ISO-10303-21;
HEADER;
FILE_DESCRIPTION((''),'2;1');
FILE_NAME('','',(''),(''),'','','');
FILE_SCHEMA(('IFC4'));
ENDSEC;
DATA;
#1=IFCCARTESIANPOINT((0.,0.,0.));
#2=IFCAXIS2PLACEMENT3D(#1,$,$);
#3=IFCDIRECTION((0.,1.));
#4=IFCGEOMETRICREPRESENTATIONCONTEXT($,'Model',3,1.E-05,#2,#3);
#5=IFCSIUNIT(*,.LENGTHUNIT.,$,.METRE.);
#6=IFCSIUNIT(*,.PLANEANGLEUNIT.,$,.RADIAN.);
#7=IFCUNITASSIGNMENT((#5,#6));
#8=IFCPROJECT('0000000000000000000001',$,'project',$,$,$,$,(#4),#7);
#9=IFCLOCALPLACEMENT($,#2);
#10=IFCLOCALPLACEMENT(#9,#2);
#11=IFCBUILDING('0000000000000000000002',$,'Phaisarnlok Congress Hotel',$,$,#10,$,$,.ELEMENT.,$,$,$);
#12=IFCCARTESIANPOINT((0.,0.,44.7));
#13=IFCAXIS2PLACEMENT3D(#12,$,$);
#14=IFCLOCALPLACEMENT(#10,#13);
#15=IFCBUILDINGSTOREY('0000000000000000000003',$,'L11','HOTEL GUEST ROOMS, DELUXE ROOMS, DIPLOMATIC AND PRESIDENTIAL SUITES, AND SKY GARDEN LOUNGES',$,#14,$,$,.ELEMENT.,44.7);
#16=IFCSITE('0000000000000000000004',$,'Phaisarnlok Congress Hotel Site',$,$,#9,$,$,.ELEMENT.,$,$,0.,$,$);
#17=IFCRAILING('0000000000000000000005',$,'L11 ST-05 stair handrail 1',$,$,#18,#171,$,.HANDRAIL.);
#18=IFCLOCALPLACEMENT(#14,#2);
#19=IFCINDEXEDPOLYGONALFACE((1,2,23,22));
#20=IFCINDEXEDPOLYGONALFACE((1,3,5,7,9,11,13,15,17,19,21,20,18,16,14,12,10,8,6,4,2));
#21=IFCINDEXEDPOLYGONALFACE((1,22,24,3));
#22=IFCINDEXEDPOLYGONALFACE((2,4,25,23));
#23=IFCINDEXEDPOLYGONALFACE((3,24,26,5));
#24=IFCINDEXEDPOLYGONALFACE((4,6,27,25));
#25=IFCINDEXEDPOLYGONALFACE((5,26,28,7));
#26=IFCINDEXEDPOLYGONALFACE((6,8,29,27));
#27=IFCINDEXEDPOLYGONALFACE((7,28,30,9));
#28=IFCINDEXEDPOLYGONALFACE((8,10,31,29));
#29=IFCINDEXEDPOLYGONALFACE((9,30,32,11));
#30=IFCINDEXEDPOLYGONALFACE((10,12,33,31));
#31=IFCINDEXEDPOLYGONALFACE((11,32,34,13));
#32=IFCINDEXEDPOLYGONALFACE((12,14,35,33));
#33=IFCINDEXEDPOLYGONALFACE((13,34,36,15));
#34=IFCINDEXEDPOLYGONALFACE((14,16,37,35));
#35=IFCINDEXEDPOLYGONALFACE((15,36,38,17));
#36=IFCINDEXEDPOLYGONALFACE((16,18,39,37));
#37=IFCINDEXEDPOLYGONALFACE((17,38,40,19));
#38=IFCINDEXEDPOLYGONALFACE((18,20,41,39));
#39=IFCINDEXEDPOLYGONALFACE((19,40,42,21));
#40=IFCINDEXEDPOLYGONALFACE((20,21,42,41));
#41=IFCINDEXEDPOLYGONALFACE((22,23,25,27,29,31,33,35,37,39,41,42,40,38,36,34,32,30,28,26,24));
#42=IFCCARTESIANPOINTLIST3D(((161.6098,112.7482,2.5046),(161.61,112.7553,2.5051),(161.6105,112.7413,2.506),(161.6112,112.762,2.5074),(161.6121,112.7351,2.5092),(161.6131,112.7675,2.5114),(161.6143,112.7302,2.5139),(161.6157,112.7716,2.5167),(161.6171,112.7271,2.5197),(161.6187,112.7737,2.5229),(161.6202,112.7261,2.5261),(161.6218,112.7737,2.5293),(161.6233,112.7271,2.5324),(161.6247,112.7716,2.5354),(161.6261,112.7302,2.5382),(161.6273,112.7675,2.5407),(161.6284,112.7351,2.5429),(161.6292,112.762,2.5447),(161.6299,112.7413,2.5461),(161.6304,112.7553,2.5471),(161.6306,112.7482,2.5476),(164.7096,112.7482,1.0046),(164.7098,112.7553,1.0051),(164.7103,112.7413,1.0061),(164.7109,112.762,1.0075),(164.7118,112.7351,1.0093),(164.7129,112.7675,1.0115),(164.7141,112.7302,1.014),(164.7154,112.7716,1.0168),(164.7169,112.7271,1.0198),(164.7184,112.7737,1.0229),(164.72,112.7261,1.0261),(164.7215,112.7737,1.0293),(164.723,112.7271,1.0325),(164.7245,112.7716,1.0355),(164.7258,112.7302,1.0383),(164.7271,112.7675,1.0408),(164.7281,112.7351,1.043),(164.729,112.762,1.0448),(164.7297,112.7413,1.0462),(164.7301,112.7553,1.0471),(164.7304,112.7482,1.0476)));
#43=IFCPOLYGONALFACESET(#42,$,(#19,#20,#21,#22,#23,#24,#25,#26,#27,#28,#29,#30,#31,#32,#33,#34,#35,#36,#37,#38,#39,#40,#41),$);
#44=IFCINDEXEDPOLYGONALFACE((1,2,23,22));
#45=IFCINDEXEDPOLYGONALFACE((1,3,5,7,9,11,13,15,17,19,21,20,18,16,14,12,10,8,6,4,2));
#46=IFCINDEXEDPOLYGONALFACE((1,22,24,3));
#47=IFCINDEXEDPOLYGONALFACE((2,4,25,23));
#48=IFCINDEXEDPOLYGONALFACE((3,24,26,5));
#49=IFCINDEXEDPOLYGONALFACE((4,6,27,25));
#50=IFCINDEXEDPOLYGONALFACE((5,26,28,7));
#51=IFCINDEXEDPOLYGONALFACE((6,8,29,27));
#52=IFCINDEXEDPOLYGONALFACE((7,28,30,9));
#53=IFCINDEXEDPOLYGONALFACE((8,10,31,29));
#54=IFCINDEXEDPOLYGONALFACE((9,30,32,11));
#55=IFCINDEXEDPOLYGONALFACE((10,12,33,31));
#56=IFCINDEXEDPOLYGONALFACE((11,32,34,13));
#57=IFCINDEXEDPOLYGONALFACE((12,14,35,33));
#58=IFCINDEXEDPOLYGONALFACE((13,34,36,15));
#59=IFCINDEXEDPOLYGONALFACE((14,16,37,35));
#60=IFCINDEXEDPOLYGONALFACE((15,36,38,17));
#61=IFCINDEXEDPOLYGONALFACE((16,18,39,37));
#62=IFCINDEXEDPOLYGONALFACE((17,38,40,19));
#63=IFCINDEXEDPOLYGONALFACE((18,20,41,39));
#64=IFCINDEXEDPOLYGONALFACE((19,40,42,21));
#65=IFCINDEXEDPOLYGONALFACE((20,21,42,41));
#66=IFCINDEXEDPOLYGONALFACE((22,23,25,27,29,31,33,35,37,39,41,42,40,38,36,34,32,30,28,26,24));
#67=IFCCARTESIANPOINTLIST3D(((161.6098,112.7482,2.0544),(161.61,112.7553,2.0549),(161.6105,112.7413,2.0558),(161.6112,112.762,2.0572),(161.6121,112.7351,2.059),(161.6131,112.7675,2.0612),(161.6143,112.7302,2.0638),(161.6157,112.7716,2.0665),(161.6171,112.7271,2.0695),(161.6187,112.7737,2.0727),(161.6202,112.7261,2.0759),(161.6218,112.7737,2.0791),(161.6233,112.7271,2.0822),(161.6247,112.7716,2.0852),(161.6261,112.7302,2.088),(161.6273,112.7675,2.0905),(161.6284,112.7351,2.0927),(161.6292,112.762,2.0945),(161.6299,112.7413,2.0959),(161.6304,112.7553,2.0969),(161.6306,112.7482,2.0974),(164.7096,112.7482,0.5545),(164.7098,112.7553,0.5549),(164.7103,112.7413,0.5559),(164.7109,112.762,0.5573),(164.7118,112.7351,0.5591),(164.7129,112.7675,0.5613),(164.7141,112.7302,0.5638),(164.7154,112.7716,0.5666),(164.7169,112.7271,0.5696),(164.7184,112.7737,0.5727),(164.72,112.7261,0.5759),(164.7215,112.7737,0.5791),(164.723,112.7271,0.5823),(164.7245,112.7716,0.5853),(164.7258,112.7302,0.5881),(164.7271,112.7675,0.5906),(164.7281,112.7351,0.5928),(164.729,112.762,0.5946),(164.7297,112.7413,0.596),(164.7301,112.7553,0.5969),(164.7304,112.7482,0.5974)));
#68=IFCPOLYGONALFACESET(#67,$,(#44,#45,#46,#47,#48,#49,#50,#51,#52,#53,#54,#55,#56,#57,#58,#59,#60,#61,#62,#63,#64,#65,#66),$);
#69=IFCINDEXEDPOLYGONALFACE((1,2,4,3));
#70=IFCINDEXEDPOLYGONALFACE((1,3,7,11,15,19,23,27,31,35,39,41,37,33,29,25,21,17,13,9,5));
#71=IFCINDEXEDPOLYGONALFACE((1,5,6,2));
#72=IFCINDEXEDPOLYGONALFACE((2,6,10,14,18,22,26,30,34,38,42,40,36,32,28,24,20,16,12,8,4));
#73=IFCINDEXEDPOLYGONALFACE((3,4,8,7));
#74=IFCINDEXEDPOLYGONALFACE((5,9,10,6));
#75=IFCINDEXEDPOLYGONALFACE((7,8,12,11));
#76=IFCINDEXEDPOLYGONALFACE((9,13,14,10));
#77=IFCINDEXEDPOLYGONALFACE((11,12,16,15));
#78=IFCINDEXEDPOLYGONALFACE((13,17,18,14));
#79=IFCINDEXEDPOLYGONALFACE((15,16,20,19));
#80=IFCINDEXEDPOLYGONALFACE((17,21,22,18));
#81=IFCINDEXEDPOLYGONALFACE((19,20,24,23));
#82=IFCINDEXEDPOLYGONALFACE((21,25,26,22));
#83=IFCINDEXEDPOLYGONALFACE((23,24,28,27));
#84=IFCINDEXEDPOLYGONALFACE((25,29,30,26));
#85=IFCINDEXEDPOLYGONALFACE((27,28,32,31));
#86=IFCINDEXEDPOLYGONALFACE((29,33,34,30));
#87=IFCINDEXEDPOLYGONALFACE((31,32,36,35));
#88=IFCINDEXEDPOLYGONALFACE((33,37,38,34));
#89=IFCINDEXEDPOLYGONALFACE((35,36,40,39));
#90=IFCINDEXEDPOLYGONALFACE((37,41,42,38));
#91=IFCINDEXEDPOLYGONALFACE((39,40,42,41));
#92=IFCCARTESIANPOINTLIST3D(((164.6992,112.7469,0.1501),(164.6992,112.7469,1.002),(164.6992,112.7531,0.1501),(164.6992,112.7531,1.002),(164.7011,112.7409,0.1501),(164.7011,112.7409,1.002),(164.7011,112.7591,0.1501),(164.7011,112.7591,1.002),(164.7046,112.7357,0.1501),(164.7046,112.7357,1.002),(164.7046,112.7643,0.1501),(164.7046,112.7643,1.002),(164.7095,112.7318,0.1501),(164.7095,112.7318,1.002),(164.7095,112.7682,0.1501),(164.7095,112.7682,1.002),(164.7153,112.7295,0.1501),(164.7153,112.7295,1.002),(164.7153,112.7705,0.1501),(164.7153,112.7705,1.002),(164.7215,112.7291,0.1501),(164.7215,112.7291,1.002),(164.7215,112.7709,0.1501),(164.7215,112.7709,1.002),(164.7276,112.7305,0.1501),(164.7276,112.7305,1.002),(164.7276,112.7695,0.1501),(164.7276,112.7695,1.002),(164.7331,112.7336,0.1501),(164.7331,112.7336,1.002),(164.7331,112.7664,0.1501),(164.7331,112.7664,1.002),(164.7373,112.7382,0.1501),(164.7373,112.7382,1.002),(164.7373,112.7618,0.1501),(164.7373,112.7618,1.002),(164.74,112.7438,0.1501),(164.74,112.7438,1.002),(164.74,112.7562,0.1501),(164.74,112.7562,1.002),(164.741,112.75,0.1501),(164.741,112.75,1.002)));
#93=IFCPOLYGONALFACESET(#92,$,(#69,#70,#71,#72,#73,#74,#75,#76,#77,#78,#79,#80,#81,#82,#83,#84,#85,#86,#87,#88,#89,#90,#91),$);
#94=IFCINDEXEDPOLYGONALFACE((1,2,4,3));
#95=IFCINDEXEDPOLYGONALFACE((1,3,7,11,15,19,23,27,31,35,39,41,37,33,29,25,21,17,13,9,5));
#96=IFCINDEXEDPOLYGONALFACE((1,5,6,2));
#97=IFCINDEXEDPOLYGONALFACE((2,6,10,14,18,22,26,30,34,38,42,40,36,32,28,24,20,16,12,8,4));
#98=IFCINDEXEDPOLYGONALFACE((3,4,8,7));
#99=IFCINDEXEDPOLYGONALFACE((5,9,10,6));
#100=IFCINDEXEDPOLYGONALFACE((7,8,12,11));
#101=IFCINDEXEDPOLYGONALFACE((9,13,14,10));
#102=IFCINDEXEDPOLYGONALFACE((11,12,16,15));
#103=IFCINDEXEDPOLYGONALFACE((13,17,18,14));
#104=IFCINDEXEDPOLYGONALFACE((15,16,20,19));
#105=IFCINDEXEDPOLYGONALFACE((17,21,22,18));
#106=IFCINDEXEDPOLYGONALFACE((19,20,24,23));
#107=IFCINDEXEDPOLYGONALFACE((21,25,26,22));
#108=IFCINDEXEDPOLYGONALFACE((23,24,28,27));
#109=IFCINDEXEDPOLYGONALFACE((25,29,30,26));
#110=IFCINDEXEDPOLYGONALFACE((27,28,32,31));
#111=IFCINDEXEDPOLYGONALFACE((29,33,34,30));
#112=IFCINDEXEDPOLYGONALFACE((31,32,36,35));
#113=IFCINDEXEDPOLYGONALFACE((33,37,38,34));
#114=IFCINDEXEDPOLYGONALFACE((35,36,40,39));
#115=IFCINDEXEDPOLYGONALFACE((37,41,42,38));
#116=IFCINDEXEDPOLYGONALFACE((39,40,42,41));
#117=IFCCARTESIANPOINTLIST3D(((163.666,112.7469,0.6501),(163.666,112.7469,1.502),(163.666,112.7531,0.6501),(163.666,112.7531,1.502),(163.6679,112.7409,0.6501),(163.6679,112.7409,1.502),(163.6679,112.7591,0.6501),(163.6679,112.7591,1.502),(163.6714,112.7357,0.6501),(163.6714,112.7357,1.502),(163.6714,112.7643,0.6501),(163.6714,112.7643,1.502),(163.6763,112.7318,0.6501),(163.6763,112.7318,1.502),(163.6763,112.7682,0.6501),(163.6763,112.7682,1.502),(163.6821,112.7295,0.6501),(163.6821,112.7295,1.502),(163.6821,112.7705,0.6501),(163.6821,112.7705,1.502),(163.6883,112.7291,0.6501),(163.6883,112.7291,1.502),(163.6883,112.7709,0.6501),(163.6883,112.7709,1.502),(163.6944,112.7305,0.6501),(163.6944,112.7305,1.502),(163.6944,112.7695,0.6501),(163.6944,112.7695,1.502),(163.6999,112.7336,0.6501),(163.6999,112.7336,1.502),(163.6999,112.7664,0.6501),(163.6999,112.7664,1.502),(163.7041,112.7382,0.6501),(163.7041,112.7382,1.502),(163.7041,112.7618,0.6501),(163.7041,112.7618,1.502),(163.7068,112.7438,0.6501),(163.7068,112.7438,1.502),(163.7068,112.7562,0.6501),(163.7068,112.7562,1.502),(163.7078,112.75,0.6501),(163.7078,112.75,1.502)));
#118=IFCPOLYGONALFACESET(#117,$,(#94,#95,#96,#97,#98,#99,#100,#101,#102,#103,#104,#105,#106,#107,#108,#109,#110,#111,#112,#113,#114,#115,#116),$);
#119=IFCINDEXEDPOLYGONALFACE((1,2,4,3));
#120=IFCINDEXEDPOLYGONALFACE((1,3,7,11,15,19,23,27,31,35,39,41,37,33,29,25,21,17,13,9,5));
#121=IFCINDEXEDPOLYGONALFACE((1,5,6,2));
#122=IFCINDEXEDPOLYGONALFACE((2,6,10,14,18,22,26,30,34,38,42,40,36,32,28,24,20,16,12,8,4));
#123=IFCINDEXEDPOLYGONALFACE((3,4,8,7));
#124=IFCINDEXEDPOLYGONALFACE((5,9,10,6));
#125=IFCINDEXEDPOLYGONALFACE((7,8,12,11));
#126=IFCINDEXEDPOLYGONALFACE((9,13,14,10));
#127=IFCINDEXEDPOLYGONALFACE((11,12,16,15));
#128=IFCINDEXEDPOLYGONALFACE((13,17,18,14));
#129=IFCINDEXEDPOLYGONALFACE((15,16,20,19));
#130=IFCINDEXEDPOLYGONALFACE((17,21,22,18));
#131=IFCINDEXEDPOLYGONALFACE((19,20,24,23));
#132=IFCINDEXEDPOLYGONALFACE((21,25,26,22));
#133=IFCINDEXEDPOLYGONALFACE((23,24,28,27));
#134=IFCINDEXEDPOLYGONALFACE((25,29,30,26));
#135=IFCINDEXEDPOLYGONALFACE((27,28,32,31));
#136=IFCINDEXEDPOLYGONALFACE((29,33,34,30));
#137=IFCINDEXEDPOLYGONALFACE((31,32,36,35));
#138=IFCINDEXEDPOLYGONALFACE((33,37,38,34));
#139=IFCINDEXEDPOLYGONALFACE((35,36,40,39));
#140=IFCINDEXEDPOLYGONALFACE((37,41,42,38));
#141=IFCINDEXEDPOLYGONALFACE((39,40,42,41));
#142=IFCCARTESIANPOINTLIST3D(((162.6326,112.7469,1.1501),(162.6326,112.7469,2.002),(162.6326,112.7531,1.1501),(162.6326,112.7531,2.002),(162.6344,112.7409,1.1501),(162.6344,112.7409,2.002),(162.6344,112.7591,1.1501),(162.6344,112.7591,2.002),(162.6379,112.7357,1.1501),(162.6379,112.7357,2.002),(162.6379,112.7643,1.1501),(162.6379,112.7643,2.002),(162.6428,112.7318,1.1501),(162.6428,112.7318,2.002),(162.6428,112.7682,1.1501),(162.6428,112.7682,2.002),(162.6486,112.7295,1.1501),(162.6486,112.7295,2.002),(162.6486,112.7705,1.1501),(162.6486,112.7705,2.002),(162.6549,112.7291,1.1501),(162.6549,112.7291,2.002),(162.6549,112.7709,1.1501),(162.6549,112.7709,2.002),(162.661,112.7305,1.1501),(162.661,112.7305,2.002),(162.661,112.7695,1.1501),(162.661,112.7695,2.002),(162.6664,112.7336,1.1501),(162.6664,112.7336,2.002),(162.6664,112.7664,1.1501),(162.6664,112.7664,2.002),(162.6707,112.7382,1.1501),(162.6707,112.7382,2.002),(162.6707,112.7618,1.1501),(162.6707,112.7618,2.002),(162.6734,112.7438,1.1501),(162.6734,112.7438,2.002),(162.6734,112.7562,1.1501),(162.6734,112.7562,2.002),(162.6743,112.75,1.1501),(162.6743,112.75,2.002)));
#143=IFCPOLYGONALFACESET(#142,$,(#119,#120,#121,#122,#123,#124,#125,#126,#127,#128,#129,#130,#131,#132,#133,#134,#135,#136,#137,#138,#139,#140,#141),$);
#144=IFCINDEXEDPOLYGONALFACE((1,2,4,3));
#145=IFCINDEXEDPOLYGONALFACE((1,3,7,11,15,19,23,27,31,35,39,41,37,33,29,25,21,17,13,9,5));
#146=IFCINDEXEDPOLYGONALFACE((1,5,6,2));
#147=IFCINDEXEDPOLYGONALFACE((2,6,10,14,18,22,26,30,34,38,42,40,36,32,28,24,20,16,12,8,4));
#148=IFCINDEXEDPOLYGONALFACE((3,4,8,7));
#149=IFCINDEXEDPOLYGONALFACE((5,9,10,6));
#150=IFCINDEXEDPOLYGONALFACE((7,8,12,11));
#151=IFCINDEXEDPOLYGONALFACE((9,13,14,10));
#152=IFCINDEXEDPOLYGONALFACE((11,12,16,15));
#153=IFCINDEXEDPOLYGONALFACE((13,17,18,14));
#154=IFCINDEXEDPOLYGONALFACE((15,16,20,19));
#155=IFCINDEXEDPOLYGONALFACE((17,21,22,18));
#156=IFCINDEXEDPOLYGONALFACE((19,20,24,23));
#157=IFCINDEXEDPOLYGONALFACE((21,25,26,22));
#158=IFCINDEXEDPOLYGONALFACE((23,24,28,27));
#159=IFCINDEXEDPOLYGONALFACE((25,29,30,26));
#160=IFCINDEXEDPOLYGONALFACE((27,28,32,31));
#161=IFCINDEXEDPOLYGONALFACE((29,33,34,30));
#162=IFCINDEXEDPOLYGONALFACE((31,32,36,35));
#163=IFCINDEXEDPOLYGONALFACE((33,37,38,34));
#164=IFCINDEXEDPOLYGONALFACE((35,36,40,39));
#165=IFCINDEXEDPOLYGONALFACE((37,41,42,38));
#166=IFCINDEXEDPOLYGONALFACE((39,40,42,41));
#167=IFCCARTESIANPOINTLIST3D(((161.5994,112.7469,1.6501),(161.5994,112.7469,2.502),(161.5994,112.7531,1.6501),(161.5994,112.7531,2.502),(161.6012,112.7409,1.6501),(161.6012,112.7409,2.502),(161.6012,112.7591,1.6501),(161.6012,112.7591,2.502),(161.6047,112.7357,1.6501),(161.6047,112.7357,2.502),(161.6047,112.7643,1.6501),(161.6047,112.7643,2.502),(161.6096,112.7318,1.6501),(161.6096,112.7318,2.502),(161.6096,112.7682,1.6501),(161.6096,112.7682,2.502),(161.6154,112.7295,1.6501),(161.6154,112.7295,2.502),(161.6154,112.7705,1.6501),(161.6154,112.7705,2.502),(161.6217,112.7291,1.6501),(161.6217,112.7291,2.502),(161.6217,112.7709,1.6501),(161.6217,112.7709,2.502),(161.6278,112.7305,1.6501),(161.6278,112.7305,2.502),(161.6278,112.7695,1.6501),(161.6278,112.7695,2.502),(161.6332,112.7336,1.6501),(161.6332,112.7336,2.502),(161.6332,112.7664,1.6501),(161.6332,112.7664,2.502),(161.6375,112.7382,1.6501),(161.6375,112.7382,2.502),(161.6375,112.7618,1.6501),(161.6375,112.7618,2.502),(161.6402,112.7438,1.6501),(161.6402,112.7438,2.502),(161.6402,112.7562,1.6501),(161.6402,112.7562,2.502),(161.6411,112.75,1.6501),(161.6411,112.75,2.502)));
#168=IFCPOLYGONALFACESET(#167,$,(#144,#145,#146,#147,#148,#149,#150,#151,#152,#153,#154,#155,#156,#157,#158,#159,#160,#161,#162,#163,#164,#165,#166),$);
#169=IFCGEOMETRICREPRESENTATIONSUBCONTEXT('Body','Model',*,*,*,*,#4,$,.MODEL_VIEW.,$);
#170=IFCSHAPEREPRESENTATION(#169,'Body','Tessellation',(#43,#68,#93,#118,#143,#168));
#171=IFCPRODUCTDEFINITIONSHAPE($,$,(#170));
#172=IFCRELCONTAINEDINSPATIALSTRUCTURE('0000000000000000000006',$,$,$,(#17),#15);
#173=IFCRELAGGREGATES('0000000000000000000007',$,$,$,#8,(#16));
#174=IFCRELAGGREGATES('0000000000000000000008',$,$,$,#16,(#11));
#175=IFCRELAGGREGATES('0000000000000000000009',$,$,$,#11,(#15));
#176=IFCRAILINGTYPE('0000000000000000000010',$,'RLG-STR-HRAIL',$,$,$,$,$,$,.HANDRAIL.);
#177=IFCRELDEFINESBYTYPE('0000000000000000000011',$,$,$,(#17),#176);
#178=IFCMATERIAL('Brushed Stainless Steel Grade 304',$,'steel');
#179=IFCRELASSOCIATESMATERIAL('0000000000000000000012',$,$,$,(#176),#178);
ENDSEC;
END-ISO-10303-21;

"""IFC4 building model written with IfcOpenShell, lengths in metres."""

from ifc_helpers import new_model, si_unit, direction, frame, origin, origin_2d, place, context, subcontext, project, spatial, circle, extrude, material, type_object, element, save


model = new_model("IFC4")

# Units and contexts
model_context = context("Model", 3, precision=1e-05, world=origin(), true_north=direction((0.0, 1.0)))
body_context = subcontext(model_context, "Body", "Model", "MODEL_VIEW")
ifc_project = project(units=[si_unit("LENGTHUNIT", "METRE"), si_unit("PLANEANGLEUNIT", "RADIAN")], contexts=[model_context])

# Site, building, storey
site_placement = place(None, origin())
site = spatial("IfcSite", under=ifc_project, at=site_placement, Name="Phaisarnlok Congress Hotel Site", CompositionType="ELEMENT", RefElevation=0.0)
building_placement = place(site_placement, origin())
building = spatial("IfcBuilding", under=site, at=building_placement, Name="Phaisarnlok Congress Hotel", CompositionType="ELEMENT")
storey_placement = place(building_placement, frame((0.0, 0.0, 44.7)))
storey = spatial("IfcBuildingStorey", under=building, at=storey_placement, Name="L11", Description="HOTEL GUEST ROOMS, DELUXE ROOMS, DIPLOMATIC AND PRESIDENTIAL SUITES, AND SKY GARDEN LOUNGES", CompositionType="ELEMENT", Elevation=44.7)

# Railing
ifc_material_1 = material(Name="Brushed Stainless Steel Grade 304", Category="steel")
railing_type_1 = type_object("IfcRailingType", Name="RLG-STR-HRAIL", PredefinedType="HANDRAIL", material=ifc_material_1)
railing_1_placement = place(storey_placement, frame((164.72, 112.75, 0.1501)))
element("IfcRailing", 1, at=railing_1_placement, inside=storey, type_object=railing_type_1, Name="L11 ST-05 stair handrail 1", PredefinedType="HANDRAIL", context=body_context, shape_type="SweptSolid", body=[
    extrude(circle(Radius=0.0239, at=origin_2d()), frame((0.0, 0.0, 0.876), z_axis=(-0.900151, 0.0, 0.435578), x_axis=(0.0, -1.0, 0.0)), (0.0, 0.0, 1.0), 3.4436),
    extrude(circle(Radius=0.0239, at=origin_2d()), frame((0.0, 0.0, 0.4258), z_axis=(-0.900151, 0.0, 0.435578), x_axis=(0.0, -1.0, 0.0)), (0.0, 0.0, 1.0), 3.4436),
    extrude(circle(Radius=0.021, at=origin_2d()), origin(), (0.0, 0.0, 1.0), 0.8518),
    extrude(circle(Radius=0.021, at=origin_2d()), frame((-1.0332, 0.0, 0.5)), (0.0, 0.0, 1.0), 0.8518),
    extrude(circle(Radius=0.021, at=origin_2d()), frame((-2.0667, 0.0, 1.0)), (0.0, 0.0, 1.0), 0.8518),
    extrude(circle(Radius=0.021, at=origin_2d()), frame((-3.0999, 0.0, 1.5)), (0.0, 0.0, 1.0), 0.8518),
])

save(model, "model.ifc")
